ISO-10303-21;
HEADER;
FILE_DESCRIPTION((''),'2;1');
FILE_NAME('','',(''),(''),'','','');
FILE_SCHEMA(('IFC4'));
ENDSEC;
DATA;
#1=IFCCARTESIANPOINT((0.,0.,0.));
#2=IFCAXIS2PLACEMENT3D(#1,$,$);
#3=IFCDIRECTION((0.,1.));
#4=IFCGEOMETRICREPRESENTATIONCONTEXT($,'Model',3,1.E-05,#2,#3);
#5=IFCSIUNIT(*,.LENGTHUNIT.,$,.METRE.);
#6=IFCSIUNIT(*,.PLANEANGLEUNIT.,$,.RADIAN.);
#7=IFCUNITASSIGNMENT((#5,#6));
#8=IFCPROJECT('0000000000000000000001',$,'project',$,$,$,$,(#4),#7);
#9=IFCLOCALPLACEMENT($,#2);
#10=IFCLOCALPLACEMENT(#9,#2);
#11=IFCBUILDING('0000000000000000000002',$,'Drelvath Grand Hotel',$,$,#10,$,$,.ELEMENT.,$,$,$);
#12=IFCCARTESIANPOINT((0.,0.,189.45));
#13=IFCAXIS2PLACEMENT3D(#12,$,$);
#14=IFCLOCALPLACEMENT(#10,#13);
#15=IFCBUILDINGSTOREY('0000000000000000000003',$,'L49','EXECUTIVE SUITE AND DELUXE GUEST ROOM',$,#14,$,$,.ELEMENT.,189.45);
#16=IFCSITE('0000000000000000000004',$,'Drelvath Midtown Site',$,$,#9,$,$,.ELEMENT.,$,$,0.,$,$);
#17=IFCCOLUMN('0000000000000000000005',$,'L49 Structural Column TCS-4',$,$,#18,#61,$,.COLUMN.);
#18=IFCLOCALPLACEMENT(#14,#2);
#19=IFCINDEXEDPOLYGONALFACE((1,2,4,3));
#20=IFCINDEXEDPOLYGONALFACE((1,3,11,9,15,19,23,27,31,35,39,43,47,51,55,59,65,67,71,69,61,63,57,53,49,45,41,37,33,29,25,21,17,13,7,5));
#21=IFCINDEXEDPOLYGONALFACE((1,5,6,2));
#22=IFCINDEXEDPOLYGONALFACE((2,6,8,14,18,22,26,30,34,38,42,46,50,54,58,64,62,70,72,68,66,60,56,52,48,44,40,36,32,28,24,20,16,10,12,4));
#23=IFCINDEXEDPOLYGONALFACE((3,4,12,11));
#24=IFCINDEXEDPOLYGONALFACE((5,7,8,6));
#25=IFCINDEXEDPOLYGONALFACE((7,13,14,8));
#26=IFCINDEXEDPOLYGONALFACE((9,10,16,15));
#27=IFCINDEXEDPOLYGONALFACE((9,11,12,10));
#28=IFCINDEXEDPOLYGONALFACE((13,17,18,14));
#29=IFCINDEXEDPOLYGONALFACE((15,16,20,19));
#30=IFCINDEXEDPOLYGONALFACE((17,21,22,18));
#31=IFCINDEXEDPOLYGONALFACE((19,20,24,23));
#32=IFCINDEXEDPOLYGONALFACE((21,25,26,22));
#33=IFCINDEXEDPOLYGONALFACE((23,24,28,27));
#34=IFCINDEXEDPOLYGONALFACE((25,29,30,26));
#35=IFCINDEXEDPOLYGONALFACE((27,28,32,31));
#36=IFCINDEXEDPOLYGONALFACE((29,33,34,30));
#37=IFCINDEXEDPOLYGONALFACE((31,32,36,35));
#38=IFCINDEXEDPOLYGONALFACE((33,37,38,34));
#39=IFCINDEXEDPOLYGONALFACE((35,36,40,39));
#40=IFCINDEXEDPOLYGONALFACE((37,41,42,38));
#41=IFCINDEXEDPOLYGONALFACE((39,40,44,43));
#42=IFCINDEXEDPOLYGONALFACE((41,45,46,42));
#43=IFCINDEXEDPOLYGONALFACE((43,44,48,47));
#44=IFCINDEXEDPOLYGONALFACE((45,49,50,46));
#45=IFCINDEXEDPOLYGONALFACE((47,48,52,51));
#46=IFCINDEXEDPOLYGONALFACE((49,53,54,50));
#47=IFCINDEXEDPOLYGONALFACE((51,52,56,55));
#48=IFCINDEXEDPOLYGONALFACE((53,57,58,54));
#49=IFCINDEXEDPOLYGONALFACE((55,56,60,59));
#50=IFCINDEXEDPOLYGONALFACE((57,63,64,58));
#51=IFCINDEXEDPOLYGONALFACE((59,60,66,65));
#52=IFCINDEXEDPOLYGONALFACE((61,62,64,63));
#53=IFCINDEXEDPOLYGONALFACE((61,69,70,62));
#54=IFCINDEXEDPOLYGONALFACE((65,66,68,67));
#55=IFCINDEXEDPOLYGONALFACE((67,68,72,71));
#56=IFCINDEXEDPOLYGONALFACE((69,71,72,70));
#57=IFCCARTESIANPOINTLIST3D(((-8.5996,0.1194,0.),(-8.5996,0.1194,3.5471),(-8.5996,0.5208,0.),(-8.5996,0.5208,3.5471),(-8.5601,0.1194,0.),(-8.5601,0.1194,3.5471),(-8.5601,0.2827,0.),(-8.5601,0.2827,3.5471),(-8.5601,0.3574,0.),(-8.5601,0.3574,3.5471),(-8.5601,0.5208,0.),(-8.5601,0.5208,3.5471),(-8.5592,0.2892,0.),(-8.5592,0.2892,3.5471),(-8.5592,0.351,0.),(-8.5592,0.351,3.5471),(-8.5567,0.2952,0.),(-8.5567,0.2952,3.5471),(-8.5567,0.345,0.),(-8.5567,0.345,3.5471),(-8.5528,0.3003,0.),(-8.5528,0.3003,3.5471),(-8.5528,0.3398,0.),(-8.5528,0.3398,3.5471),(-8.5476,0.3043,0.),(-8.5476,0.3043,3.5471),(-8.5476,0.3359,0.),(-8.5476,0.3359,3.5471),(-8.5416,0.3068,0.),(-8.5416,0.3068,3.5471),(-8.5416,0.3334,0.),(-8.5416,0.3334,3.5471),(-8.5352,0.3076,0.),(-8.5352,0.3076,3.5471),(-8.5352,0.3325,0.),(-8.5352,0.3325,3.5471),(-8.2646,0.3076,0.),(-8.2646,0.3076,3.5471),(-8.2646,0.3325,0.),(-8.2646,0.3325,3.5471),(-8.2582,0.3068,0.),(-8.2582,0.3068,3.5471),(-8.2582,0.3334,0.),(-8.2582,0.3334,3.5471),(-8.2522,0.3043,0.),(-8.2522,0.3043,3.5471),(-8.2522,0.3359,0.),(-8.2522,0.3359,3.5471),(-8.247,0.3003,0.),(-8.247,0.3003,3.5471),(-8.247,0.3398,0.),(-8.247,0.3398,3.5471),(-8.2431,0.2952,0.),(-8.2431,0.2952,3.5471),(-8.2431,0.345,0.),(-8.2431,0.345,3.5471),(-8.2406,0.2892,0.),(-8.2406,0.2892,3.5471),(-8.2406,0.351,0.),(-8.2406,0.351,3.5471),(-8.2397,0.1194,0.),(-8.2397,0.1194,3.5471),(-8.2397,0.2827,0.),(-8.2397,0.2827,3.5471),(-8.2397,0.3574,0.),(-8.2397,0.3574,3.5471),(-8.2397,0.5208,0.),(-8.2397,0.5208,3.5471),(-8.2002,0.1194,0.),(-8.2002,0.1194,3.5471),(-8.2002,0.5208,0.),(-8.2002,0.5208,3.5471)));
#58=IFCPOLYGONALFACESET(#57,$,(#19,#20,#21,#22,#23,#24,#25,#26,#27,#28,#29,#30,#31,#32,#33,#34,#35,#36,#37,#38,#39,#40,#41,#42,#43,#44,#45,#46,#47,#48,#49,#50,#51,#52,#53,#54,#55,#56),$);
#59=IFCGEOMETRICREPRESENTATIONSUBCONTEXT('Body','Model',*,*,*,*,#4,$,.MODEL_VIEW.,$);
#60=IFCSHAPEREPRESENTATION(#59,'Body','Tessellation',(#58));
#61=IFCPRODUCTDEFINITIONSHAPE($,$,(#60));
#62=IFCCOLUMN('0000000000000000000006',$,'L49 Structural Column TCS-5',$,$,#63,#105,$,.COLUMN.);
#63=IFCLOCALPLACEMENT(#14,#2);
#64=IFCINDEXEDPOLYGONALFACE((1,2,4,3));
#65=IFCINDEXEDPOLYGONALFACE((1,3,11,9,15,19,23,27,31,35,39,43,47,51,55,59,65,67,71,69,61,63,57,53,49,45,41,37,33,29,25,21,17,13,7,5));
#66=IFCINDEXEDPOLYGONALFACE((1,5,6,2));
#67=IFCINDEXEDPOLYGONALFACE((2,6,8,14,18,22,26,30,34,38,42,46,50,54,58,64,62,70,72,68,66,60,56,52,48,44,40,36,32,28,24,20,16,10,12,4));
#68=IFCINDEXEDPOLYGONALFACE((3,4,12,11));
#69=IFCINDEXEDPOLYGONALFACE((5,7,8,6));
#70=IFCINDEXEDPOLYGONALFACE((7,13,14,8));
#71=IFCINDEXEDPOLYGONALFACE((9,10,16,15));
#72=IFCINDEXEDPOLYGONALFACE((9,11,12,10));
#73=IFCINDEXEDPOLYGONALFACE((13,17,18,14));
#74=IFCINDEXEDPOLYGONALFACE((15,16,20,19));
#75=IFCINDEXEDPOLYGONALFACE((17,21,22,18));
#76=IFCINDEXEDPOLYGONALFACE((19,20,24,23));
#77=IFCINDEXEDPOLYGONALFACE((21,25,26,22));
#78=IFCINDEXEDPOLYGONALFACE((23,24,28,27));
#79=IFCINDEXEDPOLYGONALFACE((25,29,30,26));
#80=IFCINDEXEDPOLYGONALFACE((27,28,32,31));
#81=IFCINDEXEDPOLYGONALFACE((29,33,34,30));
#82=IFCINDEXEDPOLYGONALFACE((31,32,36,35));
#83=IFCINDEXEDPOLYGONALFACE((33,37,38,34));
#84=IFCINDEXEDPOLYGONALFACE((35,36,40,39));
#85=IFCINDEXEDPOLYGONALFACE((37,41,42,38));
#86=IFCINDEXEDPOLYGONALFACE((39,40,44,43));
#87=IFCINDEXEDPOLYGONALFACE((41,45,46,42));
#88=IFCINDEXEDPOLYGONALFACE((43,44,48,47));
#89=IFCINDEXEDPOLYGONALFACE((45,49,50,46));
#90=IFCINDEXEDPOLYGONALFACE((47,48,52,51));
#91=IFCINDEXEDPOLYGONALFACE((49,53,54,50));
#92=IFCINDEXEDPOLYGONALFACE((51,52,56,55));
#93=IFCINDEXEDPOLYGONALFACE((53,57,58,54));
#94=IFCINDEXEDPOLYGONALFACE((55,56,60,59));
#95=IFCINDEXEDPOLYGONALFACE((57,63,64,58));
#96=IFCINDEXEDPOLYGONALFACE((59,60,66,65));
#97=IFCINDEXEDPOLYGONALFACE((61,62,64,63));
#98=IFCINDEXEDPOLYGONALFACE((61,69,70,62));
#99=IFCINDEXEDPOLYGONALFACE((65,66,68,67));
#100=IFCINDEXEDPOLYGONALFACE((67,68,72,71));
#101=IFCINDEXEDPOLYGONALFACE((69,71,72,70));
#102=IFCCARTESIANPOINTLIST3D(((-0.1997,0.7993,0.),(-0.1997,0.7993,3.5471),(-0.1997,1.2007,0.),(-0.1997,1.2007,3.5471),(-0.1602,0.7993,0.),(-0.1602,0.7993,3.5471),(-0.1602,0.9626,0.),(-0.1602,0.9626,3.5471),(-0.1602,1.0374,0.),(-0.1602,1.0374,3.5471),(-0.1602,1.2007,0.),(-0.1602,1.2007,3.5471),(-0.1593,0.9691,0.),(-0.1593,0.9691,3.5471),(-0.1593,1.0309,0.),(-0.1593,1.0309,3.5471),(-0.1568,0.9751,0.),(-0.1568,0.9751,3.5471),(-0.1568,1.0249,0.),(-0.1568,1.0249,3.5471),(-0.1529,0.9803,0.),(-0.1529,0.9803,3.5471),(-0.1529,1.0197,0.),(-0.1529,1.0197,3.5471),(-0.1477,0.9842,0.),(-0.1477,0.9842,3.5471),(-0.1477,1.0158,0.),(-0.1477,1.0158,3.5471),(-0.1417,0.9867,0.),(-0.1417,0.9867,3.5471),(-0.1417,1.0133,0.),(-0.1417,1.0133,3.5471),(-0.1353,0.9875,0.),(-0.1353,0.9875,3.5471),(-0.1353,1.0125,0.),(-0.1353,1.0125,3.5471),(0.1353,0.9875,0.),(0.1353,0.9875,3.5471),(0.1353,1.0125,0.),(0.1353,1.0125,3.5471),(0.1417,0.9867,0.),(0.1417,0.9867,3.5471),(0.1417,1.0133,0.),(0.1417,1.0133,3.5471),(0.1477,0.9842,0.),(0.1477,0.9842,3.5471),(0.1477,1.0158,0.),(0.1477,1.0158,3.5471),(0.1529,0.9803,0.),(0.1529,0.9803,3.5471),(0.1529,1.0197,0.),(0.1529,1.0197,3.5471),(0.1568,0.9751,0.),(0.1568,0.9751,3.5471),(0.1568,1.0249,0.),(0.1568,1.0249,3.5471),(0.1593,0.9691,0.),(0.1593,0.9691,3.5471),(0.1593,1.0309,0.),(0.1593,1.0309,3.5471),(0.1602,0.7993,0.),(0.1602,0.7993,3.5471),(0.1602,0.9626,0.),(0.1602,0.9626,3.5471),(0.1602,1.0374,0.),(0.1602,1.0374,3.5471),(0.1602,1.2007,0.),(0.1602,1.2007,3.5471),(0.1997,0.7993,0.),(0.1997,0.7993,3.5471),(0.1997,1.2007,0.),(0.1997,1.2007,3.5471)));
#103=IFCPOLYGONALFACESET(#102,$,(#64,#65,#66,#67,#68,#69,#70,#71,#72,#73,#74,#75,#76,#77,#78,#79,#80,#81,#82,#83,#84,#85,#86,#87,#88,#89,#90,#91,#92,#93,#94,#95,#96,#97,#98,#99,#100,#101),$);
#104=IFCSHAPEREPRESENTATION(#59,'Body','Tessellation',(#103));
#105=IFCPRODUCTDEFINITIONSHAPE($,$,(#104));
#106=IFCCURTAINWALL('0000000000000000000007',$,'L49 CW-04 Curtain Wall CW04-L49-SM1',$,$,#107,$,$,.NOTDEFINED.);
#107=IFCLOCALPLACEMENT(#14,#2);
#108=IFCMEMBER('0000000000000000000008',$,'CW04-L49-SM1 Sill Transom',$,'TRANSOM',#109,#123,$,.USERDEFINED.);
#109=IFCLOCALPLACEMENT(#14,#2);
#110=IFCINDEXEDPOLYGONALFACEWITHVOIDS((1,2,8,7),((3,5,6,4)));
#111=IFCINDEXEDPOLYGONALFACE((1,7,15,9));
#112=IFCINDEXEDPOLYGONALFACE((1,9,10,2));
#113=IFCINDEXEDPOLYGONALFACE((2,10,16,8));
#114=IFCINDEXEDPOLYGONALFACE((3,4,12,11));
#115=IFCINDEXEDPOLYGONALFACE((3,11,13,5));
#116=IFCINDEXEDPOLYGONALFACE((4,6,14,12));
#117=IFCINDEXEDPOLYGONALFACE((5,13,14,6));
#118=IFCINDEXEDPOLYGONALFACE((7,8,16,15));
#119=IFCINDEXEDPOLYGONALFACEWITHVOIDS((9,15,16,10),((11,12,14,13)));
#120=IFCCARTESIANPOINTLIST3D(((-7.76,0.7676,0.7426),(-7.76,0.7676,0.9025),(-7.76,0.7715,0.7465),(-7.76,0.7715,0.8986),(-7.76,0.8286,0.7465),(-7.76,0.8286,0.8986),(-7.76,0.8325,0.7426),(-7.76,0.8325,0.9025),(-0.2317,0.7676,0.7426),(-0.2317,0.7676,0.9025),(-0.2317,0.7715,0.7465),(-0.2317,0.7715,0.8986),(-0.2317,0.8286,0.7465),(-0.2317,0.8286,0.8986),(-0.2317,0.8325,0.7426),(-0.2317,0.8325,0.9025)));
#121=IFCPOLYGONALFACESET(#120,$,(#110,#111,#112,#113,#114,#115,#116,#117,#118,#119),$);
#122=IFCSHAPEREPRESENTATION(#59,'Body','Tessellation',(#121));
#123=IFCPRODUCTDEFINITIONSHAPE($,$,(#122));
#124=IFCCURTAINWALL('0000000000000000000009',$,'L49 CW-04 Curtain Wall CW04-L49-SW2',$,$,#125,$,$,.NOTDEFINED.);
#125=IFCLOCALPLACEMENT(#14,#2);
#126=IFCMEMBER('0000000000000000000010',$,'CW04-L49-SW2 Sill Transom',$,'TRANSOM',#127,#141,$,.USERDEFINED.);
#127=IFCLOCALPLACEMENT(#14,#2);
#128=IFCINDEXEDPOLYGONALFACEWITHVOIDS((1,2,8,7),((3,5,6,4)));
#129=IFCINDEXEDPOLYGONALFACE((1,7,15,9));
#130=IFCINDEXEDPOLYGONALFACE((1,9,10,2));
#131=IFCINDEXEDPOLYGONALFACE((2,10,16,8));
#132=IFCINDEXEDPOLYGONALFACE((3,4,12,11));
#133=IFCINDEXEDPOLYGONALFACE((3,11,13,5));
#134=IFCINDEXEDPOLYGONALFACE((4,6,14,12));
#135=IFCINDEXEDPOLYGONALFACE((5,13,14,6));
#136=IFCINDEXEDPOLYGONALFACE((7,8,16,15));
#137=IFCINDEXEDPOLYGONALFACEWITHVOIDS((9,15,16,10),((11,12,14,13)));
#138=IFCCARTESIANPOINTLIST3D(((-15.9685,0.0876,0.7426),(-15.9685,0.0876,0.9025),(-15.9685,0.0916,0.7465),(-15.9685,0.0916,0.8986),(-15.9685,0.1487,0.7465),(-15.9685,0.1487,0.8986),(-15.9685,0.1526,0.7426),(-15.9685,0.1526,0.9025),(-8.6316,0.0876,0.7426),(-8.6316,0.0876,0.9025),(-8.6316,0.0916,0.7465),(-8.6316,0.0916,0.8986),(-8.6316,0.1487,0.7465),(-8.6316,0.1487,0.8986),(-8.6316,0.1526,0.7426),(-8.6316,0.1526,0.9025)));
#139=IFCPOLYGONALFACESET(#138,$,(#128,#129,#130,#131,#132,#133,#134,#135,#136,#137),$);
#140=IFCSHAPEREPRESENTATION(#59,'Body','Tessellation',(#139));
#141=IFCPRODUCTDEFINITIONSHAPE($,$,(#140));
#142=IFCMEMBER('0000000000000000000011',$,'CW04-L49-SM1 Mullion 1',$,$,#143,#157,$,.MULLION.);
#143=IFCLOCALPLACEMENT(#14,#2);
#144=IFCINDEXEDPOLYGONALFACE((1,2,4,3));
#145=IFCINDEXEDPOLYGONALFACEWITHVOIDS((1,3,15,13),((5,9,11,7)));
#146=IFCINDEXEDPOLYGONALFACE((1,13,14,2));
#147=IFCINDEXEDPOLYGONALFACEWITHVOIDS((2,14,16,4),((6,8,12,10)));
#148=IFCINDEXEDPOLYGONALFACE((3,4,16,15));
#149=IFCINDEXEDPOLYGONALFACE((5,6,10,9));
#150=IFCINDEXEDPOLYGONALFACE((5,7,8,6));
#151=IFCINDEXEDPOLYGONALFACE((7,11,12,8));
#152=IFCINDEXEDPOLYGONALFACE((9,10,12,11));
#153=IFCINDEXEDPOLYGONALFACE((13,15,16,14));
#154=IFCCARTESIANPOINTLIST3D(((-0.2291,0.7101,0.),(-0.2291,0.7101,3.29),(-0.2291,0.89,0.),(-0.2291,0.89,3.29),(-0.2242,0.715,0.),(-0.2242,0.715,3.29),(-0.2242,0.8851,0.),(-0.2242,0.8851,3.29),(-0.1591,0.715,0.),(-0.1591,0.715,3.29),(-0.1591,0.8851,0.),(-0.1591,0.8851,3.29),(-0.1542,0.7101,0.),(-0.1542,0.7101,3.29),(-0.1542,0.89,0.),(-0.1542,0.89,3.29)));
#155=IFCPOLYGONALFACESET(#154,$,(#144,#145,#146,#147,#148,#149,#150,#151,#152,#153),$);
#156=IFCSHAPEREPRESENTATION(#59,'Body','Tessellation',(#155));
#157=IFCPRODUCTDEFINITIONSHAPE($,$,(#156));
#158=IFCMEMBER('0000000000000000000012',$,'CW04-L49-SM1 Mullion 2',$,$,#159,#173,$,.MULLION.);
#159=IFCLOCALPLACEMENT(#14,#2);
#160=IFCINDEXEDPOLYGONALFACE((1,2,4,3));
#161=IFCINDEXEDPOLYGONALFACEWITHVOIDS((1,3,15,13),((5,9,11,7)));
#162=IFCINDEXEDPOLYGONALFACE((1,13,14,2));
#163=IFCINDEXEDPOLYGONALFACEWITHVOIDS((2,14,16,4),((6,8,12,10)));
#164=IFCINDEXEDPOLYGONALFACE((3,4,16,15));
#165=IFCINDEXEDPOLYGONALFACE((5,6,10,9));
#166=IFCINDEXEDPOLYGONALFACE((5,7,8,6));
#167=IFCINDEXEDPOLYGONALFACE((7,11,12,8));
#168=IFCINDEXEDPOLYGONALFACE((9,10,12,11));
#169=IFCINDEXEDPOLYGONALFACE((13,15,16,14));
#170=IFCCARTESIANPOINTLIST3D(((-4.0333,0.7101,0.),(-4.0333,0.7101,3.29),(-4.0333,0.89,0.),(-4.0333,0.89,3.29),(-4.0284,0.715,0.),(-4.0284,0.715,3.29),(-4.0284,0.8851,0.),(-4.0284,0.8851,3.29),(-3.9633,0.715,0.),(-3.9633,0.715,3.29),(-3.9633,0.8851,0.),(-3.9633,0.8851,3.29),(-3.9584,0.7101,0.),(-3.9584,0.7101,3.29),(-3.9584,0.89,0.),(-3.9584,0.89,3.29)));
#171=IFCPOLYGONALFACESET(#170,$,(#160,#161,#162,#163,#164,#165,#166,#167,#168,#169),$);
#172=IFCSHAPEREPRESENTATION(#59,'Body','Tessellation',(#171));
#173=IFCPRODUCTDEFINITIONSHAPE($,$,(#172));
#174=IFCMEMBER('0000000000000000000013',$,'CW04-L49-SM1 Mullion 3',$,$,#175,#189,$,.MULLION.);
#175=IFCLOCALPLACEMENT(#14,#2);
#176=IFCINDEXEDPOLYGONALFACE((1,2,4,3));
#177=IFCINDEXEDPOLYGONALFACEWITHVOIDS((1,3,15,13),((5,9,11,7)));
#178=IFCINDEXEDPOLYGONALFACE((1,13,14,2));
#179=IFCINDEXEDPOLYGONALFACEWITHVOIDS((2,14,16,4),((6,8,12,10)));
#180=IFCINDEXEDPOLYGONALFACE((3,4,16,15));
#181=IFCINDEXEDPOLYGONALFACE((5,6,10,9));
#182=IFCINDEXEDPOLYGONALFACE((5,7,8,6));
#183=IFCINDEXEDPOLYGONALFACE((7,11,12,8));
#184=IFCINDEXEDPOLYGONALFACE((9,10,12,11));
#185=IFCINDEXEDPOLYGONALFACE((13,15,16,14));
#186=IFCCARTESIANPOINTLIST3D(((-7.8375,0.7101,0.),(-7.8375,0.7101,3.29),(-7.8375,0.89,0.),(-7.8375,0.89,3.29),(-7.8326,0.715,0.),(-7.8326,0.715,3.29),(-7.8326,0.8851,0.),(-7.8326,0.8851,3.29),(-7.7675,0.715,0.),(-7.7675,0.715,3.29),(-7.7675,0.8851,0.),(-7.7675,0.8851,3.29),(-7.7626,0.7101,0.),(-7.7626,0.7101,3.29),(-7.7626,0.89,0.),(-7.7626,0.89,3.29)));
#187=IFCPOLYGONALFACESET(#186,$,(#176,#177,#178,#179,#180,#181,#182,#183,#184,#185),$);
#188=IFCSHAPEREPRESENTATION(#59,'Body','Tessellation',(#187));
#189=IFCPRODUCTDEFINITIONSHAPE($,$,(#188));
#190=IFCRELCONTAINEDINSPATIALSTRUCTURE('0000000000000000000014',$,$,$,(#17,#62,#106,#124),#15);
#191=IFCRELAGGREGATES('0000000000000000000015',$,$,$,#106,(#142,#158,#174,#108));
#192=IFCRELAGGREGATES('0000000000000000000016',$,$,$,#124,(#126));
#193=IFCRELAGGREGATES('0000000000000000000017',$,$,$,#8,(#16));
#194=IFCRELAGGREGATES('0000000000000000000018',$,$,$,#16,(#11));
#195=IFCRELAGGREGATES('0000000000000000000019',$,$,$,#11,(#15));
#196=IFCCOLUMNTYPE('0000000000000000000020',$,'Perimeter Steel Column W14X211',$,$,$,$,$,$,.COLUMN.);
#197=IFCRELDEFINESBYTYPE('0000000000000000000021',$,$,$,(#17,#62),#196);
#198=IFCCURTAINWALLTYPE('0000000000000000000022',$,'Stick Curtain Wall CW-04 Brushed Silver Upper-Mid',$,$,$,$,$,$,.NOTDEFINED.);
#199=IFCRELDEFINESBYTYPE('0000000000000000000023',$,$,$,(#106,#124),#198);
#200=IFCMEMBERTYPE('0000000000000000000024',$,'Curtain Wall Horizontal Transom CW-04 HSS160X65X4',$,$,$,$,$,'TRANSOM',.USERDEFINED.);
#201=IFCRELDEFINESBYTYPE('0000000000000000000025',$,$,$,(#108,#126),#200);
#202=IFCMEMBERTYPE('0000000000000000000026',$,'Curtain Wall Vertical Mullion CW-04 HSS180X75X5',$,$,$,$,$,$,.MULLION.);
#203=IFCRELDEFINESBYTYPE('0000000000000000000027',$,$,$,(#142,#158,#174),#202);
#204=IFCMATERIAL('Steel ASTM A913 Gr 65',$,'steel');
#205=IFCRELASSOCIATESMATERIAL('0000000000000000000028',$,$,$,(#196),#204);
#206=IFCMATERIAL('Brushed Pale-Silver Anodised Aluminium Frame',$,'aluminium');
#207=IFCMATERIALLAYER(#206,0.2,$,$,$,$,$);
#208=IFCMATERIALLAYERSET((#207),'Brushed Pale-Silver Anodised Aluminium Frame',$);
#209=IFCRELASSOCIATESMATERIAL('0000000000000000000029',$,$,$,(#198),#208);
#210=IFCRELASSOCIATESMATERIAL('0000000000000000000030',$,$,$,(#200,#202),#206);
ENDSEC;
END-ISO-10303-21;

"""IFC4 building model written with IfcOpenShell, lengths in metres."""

from ifc_helpers import new_model, si_unit, direction, frame, origin, origin_2d, place, context, subcontext, project, spatial, hollow_rectangle, i_section, extrude, material, layer, layer_set, material_profile, profile_set, type_object, element, aggregate, save


model = new_model("IFC4")

# Units and contexts
model_context = context("Model", 3, precision=1e-05, world=origin(), true_north=direction((0.0, 1.0)))
body_context = subcontext(model_context, "Body", "Model", "MODEL_VIEW")
ifc_project = project(units=[si_unit("LENGTHUNIT", "METRE"), si_unit("PLANEANGLEUNIT", "RADIAN")], contexts=[model_context])

# Site, building, storey
site_placement = place(None, origin())
site = spatial("IfcSite", under=ifc_project, at=site_placement, Name="Drelvath Midtown Site", CompositionType="ELEMENT", RefElevation=0.0)
building_placement = place(site_placement, origin())
building = spatial("IfcBuilding", under=site, at=building_placement, Name="Drelvath Grand Hotel", CompositionType="ELEMENT")
storey_placement = place(building_placement, frame((0.0, 0.0, 189.45)))
storey = spatial("IfcBuildingStorey", under=building, at=storey_placement, Name="L49", Description="EXECUTIVE SUITE AND DELUXE GUEST ROOM", CompositionType="ELEMENT", Elevation=189.45)

# Columns
ifc_material_1 = material(Name="Steel ASTM A913 Gr 65", Category="steel")
ifc_material_profile_1 = material_profile(ifc_material_1, i_section(OverallWidth=0.4014, OverallDepth=0.3994, WebThickness=0.0249, FlangeThickness=0.0396, FilletRadius=0.0249, at=origin_2d()), Name="W14X211")
ifc_profile_set_1 = profile_set([ifc_material_profile_1], Name="Steel ASTM A913 Gr 65")
column_type = type_object("IfcColumnType", Name="Perimeter Steel Column W14X211", PredefinedType="COLUMN", material=ifc_profile_set_1)
for number, where, z_axis, x_axis, name in (
    (1, (-8.3999, 0.3201, 0.0), (0.0, 0.0, 1.0), (0.0, 1.0, 0.0), "L49 Structural Column TCS-4"),
    (2, (0.0, 1.0, 0.0), (0.0, 0.0, 1.0), (0.0, 1.0, 0.0), "L49 Structural Column TCS-5"),
):
    element("IfcColumn", number, at=place(storey_placement, frame(where, z_axis=z_axis, x_axis=x_axis)), inside=storey, type_object=column_type, Name=name, PredefinedType="COLUMN", context=body_context, shape_type="SweptSolid", body=[
        extrude(i_section(OverallWidth=0.4014, OverallDepth=0.3994, WebThickness=0.0249, FlangeThickness=0.0396, FilletRadius=0.0249, at=origin_2d()), origin(), (0.0, 0.0, 1.0), 3.5471),
    ])

# Curtain walls, members
ifc_material_2 = material(Name="Brushed Pale-Silver Anodised Aluminium Frame", Category="aluminium")
ifc_layer_1 = layer(ifc_material_2, 0.2)
ifc_layer_set_1 = layer_set([ifc_layer_1], Name="Brushed Pale-Silver Anodised Aluminium Frame")
curtain_wall_type = type_object("IfcCurtainWallType", Name="Stick Curtain Wall CW-04 Brushed Silver Upper-Mid", PredefinedType="NOTDEFINED", material=ifc_layer_set_1)
curtain_wall_1_placement = place(storey_placement, origin())
curtain_wall_1 = element("IfcCurtainWall", 3, at=curtain_wall_1_placement, inside=storey, type_object=curtain_wall_type, Name="L49 CW-04 Curtain Wall CW04-L49-SM1", PredefinedType="NOTDEFINED")
ifc_material_profile_2 = material_profile(ifc_material_2, hollow_rectangle(XDim=0.0649, YDim=0.1599, WallThickness=0.0039, at=origin_2d()), Name="HSS160X65X4")
ifc_profile_set_2 = profile_set([ifc_material_profile_2], Name="Brushed Pale-Silver Anodised Aluminium Frame")
member_type_1 = type_object("IfcMemberType", Name="Curtain Wall Horizontal Transom CW-04 HSS160X65X4", ElementType="TRANSOM", PredefinedType="USERDEFINED", material=ifc_profile_set_2)
member_1_placement = place(storey_placement, frame((-0.2317, 0.8, 0.8225), z_axis=(-1.0, 0.0, 0.0), x_axis=(0.0, -1.0, 0.0)))
member_1 = element("IfcMember", 4, at=member_1_placement, type_object=member_type_1, Name="CW04-L49-SM1 Sill Transom", ObjectType="TRANSOM", PredefinedType="USERDEFINED", context=body_context, shape_type="SweptSolid", body=[
    extrude(hollow_rectangle(XDim=0.0649, YDim=0.1599, WallThickness=0.0039, at=origin_2d()), origin(), (0.0, 0.0, 1.0), 7.5283),
])
curtain_wall_2_placement = place(storey_placement, origin())
curtain_wall_2 = element("IfcCurtainWall", 5, at=curtain_wall_2_placement, inside=storey, type_object=curtain_wall_type, Name="L49 CW-04 Curtain Wall CW04-L49-SW2", PredefinedType="NOTDEFINED")
member_2_placement = place(storey_placement, frame((-8.6316, 0.1201, 0.8225), z_axis=(-1.0, 0.0, 0.0), x_axis=(0.0, -1.0, 0.0)))
member_2 = element("IfcMember", 6, at=member_2_placement, type_object=member_type_1, Name="CW04-L49-SW2 Sill Transom", ObjectType="TRANSOM", PredefinedType="USERDEFINED", context=body_context, shape_type="SweptSolid", body=[
    extrude(hollow_rectangle(XDim=0.0649, YDim=0.1599, WallThickness=0.0039, at=origin_2d()), origin(), (0.0, 0.0, 1.0), 7.3369),
])

# Members
ifc_material_profile_3 = material_profile(ifc_material_2, hollow_rectangle(XDim=0.075, YDim=0.1799, WallThickness=0.0049, at=origin_2d()), Name="HSS180X75X5")
ifc_profile_set_3 = profile_set([ifc_material_profile_3], Name="Brushed Pale-Silver Anodised Aluminium Frame")
member_type_2 = type_object("IfcMemberType", Name="Curtain Wall Vertical Mullion CW-04 HSS180X75X5", PredefinedType="MULLION", material=ifc_profile_set_3)
member_3_placement = place(storey_placement, frame((-0.1917, 0.8, 0.0), z_axis=(0.0, 0.0, 1.0), x_axis=(1.0, 0.0, 0.0)))
member_3 = element("IfcMember", 7, at=member_3_placement, type_object=member_type_2, Name="CW04-L49-SM1 Mullion 1", PredefinedType="MULLION", context=body_context, shape_type="SweptSolid", body=[
    extrude(hollow_rectangle(XDim=0.075, YDim=0.1799, WallThickness=0.0049, at=origin_2d()), origin(), (0.0, 0.0, 1.0), 3.29),
])
member_4_placement = place(storey_placement, frame((-3.9958, 0.8, 0.0), z_axis=(0.0, 0.0, 1.0), x_axis=(1.0, 0.0, 0.0)))
member_4 = element("IfcMember", 8, at=member_4_placement, type_object=member_type_2, Name="CW04-L49-SM1 Mullion 2", PredefinedType="MULLION", context=body_context, shape_type="SweptSolid", body=[
    extrude(hollow_rectangle(XDim=0.075, YDim=0.1799, WallThickness=0.0049, at=origin_2d()), origin(), (0.0, 0.0, 1.0), 3.29),
])
member_5_placement = place(storey_placement, frame((-7.8, 0.8, 0.0), z_axis=(0.0, 0.0, 1.0), x_axis=(1.0, 0.0, 0.0)))
member_5 = element("IfcMember", 9, at=member_5_placement, type_object=member_type_2, Name="CW04-L49-SM1 Mullion 3", PredefinedType="MULLION", context=body_context, shape_type="SweptSolid", body=[
    extrude(hollow_rectangle(XDim=0.075, YDim=0.1799, WallThickness=0.0049, at=origin_2d()), origin(), (0.0, 0.0, 1.0), 3.29),
])

aggregate(curtain_wall_1, [member_3, member_4, member_5, member_1])
aggregate(curtain_wall_2, [member_2])

save(model, "model.ifc")
